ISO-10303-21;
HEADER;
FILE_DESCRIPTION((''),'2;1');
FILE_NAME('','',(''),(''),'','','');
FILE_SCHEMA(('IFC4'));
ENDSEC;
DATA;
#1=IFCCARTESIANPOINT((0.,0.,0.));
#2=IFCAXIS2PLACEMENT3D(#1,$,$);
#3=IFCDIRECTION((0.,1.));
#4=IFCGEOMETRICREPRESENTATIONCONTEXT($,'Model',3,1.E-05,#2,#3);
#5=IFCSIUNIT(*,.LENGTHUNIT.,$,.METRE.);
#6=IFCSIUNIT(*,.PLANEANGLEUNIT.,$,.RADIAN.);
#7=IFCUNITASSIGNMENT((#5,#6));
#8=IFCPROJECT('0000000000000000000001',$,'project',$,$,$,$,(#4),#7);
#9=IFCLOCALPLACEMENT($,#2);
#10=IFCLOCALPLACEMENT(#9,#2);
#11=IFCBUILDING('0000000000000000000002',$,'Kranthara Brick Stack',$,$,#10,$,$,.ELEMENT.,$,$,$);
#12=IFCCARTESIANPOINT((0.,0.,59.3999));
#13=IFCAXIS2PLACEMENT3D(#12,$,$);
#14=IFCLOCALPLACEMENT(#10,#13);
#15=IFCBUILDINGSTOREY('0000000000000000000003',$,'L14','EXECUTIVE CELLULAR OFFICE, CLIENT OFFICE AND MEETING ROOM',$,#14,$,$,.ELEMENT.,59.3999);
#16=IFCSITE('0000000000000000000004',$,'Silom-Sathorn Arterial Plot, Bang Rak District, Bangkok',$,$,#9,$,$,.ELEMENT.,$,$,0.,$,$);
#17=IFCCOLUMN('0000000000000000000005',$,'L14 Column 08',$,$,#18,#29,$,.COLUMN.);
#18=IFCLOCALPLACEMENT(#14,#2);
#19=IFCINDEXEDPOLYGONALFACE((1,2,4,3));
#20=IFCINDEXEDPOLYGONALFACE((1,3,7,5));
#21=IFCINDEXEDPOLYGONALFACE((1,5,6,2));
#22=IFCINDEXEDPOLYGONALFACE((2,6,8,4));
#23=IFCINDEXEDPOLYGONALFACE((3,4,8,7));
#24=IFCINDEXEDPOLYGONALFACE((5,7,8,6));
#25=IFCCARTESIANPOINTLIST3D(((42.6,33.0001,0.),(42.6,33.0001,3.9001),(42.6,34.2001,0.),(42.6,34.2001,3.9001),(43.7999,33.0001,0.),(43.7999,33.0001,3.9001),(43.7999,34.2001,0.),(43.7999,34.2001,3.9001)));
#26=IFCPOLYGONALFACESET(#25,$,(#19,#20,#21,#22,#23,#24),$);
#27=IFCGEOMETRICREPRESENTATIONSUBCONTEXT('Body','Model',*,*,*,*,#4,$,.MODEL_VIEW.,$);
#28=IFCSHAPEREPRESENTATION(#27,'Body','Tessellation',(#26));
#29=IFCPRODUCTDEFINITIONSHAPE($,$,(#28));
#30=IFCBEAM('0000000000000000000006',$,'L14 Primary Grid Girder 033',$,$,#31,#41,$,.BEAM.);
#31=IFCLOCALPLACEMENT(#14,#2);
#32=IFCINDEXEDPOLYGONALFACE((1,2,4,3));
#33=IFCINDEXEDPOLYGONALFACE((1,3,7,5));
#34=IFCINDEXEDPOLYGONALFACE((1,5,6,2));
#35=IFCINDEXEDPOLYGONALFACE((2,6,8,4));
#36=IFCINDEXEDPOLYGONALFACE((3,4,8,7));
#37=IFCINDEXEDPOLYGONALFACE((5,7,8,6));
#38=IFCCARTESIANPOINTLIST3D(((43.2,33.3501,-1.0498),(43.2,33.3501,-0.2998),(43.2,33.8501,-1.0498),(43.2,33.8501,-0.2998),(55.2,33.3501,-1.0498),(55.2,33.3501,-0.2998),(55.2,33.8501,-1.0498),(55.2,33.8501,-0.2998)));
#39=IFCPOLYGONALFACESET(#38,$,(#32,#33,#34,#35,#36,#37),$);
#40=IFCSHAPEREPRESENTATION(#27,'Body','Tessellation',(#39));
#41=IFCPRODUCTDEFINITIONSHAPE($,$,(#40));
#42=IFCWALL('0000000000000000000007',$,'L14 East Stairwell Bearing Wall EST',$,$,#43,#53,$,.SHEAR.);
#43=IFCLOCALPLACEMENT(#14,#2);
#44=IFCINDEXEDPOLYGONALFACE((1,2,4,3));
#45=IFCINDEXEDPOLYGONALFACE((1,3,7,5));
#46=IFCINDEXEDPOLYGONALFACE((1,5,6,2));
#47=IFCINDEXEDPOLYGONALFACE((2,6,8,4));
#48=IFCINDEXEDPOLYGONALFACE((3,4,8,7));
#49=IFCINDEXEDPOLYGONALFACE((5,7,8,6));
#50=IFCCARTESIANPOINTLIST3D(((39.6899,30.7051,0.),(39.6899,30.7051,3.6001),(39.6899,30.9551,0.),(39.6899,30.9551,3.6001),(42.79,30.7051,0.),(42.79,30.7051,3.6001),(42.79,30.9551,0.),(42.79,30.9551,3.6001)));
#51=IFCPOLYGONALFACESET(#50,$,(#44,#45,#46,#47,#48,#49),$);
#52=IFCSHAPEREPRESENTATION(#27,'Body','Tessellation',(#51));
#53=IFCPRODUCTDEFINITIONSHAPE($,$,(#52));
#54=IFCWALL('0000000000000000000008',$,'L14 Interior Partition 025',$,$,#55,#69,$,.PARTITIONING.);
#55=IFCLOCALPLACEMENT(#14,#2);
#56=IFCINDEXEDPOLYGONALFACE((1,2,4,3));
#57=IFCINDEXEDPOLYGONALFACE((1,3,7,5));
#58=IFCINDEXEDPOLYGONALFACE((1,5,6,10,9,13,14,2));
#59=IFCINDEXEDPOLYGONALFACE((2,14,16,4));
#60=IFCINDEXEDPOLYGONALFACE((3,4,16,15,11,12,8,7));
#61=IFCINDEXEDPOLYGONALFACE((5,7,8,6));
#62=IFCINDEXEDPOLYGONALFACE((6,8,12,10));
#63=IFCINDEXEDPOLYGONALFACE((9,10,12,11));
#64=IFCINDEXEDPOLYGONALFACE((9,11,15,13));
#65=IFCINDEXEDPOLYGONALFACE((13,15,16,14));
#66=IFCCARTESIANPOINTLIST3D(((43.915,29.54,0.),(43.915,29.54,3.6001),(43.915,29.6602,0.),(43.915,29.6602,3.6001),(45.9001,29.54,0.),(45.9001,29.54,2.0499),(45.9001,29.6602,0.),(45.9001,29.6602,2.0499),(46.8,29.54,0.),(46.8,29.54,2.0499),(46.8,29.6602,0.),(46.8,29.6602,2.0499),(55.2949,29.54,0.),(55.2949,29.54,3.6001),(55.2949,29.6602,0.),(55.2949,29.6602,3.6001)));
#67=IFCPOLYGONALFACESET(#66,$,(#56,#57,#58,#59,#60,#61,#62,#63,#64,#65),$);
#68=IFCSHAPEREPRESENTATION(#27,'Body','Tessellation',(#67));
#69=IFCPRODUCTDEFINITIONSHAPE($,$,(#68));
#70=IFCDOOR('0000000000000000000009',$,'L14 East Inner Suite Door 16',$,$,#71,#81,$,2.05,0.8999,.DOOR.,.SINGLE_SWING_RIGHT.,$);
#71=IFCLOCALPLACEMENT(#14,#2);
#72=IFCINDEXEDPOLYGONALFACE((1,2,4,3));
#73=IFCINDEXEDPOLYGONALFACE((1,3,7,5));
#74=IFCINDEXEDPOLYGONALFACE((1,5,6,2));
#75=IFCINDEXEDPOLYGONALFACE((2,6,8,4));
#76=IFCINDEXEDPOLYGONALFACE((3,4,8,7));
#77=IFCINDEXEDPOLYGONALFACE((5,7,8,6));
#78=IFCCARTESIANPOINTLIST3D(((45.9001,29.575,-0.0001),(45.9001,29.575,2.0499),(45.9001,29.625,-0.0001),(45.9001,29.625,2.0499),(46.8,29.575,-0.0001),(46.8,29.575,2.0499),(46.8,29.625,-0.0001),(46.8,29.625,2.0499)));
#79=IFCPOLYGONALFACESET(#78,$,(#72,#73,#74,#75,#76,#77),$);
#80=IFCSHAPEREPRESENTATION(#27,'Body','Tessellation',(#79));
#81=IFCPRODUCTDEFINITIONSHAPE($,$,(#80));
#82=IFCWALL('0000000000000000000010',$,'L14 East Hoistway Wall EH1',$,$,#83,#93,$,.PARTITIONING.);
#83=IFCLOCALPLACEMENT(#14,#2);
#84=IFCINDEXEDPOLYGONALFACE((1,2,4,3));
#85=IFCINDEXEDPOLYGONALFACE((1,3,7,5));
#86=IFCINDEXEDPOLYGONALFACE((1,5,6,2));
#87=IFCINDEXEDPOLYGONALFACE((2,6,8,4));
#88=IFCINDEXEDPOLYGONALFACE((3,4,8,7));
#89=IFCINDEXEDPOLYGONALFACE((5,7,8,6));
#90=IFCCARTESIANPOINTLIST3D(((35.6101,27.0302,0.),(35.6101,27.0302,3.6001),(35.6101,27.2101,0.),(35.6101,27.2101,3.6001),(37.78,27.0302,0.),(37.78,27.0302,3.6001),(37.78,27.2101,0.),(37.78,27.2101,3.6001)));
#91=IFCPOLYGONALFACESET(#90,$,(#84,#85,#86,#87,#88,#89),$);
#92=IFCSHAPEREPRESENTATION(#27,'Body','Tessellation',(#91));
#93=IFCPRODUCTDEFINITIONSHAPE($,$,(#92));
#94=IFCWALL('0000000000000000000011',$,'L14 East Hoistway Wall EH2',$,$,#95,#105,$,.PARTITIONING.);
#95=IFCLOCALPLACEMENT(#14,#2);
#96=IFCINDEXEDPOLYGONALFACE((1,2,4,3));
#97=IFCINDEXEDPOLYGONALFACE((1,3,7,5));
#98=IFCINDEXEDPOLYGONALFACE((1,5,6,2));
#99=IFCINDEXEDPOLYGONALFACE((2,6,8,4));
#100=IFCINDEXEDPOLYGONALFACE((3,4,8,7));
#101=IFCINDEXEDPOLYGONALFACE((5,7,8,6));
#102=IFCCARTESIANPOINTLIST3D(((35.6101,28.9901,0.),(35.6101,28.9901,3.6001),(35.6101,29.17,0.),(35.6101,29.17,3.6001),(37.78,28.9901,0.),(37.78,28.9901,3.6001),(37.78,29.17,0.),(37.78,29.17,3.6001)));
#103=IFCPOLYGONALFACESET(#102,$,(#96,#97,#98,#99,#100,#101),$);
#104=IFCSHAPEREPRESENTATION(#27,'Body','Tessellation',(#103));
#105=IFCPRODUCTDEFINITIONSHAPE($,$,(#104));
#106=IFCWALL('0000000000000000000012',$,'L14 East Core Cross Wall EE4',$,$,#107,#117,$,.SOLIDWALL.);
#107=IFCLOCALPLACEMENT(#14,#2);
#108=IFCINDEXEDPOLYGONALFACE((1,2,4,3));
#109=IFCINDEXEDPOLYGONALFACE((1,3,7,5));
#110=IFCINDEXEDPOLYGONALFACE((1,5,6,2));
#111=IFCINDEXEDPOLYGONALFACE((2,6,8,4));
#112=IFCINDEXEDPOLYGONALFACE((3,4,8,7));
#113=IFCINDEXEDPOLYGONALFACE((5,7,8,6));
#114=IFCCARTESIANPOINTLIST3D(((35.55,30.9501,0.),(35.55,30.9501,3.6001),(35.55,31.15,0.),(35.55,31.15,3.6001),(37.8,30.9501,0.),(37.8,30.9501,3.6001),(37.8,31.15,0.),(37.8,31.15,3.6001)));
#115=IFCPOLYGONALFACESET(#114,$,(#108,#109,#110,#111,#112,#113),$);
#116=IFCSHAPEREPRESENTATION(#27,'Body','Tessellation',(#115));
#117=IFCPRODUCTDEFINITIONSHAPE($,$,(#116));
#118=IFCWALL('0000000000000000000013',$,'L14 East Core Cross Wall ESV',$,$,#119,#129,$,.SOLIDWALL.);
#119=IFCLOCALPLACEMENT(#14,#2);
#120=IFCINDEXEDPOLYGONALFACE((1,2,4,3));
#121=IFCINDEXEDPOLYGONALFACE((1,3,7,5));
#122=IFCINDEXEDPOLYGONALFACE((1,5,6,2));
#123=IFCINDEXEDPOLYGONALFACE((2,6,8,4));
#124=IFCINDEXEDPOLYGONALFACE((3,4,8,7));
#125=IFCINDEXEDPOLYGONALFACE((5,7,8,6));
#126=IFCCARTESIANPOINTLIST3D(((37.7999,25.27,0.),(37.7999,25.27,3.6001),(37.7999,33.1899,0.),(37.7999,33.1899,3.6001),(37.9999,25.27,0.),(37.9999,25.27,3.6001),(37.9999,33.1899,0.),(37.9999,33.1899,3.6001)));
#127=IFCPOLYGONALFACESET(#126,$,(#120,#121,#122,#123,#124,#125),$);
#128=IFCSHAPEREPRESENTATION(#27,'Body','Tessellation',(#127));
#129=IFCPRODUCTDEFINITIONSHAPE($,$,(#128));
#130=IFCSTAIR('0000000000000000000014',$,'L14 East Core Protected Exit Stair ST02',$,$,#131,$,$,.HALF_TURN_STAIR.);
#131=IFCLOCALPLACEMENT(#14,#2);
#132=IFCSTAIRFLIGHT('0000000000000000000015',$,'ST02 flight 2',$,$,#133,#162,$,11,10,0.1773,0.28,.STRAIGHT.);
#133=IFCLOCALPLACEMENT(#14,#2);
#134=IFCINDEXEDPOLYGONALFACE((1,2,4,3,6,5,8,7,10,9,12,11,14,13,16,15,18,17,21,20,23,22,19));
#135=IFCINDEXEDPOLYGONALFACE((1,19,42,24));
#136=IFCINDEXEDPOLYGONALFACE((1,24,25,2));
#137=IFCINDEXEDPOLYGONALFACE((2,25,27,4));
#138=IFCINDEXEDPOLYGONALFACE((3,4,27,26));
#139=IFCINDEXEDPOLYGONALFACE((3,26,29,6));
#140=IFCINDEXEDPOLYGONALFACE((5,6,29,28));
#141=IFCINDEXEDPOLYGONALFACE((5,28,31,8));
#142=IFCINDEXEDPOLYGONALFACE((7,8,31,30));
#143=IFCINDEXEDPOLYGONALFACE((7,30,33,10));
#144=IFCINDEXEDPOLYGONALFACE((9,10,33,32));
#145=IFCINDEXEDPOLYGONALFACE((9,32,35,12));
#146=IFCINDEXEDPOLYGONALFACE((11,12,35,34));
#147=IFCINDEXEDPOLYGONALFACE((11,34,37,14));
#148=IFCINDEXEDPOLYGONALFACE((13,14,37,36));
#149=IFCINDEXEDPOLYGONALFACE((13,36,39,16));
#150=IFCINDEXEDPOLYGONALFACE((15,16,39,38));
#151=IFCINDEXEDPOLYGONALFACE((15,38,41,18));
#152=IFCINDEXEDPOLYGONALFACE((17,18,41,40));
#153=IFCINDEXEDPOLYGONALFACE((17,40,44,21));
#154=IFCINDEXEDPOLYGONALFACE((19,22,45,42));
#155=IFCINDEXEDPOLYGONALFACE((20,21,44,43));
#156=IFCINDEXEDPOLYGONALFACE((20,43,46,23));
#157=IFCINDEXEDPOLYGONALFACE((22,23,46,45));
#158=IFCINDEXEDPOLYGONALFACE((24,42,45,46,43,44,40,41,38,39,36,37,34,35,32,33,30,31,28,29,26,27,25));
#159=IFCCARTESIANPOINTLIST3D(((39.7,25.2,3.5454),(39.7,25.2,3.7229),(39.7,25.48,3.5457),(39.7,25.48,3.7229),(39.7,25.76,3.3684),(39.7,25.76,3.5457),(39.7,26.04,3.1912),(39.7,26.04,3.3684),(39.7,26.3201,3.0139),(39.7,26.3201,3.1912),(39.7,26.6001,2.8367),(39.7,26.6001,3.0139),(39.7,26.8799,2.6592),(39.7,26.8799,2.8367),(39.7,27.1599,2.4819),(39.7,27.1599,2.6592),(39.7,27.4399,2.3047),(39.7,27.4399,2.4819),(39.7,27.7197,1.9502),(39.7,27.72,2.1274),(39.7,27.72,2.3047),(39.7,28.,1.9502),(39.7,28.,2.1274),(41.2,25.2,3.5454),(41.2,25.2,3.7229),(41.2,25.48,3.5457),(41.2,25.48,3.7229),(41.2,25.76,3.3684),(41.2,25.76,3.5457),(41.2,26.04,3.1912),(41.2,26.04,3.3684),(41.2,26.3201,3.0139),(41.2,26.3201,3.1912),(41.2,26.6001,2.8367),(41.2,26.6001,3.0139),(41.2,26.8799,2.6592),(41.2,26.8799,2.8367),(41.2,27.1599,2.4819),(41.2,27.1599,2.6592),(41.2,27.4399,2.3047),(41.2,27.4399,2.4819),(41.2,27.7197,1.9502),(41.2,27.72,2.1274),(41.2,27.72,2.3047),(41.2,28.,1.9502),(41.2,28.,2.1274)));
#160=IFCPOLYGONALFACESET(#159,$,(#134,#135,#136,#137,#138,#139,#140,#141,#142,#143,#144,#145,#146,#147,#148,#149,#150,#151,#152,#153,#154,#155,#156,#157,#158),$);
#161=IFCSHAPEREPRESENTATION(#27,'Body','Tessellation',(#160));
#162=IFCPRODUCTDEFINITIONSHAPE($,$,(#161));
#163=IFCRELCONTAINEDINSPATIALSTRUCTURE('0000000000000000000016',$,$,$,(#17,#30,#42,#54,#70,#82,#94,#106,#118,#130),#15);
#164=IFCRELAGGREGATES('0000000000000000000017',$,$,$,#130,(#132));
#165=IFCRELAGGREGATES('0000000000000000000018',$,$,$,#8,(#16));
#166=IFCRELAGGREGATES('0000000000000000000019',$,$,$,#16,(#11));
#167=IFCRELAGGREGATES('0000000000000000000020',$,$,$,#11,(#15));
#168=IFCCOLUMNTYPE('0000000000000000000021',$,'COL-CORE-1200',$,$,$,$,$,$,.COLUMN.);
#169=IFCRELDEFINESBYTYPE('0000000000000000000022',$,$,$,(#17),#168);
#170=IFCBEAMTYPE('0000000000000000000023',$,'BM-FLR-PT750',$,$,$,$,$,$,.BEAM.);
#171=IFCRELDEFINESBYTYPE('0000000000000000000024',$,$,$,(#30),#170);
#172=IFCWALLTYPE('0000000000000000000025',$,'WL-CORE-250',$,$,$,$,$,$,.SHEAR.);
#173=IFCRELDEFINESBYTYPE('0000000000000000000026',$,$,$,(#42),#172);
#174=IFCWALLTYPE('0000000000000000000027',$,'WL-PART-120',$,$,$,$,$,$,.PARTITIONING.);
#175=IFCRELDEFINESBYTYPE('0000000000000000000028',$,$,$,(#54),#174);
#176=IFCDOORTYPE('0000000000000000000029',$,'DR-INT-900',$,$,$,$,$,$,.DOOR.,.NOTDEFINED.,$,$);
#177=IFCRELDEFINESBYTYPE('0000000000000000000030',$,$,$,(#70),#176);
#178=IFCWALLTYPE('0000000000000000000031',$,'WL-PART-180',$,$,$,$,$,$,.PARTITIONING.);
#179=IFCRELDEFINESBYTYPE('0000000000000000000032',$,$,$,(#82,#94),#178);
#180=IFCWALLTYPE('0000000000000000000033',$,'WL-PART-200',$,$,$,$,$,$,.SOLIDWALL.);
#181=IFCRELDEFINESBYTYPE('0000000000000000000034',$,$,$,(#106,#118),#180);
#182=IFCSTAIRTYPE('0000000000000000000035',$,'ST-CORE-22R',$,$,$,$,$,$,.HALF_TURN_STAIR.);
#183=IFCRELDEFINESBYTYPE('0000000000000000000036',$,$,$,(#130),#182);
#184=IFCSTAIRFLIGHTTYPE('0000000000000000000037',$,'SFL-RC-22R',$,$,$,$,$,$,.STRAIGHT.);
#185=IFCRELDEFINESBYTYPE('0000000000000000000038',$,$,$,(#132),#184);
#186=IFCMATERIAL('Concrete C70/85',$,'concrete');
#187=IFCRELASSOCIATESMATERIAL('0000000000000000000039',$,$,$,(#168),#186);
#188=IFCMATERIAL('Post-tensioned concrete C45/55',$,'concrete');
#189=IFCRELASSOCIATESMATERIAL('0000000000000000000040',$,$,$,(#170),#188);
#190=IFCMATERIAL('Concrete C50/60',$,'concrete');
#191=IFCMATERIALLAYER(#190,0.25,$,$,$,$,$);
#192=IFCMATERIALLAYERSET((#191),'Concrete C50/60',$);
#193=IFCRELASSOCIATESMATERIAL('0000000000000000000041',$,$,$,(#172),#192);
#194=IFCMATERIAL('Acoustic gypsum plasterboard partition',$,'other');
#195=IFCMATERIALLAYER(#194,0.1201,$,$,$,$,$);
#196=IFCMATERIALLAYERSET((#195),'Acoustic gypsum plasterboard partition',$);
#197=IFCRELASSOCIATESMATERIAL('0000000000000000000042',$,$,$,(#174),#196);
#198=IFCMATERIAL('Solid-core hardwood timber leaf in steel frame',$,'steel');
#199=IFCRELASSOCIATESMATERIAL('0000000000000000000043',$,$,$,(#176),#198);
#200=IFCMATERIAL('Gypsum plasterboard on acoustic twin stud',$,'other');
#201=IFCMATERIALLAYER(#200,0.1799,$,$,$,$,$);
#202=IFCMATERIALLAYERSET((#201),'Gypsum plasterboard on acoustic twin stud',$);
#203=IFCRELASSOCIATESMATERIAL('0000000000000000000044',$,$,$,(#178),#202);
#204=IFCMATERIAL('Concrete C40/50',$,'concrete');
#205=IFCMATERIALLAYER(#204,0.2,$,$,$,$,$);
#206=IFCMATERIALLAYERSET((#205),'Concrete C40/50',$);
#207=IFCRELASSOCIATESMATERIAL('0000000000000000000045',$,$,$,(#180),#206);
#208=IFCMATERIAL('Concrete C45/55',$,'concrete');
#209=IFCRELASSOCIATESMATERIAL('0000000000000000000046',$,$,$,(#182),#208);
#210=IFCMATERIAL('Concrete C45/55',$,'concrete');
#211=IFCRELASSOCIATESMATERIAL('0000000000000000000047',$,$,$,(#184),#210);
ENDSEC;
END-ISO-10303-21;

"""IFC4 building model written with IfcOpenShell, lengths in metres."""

from ifc_helpers import new_model, si_unit, direction, frame, frame_2d, origin, origin_2d, place, context, subcontext, project, spatial, polyline, rectangle, outline, extrude, material, layer, layer_set, material_profile, profile_set, type_object, element, fill, aggregate, save


model = new_model("IFC4")

# Units and contexts
model_context = context("Model", 3, precision=1e-05, world=origin(), true_north=direction((0.0, 1.0)))
body_context = subcontext(model_context, "Body", "Model", "MODEL_VIEW")
ifc_project = project(units=[si_unit("LENGTHUNIT", "METRE"), si_unit("PLANEANGLEUNIT", "RADIAN")], contexts=[model_context])

# Site, building, storey
site_placement = place(None, origin())
site = spatial("IfcSite", under=ifc_project, at=site_placement, Name="Silom-Sathorn Arterial Plot, Bang Rak District, Bangkok", CompositionType="ELEMENT", RefElevation=0.0)
building_placement = place(site_placement, origin())
building = spatial("IfcBuilding", under=site, at=building_placement, Name="Kranthara Brick Stack", CompositionType="ELEMENT")
storey_placement = place(building_placement, frame((0.0, 0.0, 59.3999)))
storey = spatial("IfcBuildingStorey", under=building, at=storey_placement, Name="L14", Description="EXECUTIVE CELLULAR OFFICE, CLIENT OFFICE AND MEETING ROOM", CompositionType="ELEMENT", Elevation=59.3999)

# Column
ifc_material_1 = material(Name="Concrete C70/85", Category="concrete")
ifc_material_profile_1 = material_profile(ifc_material_1, rectangle(XDim=1.2, YDim=1.2, at=origin_2d()), Name="RC 1200x1200")
ifc_profile_set_1 = profile_set([ifc_material_profile_1], Name="Concrete C70/85")
column_type = type_object("IfcColumnType", Name="COL-CORE-1200", PredefinedType="COLUMN", material=ifc_profile_set_1)
column_placement = place(storey_placement, frame((43.2, 33.6001, 0.0), z_axis=(0.0, 0.0, 1.0), x_axis=(1.0, 0.0, 0.0)))
element("IfcColumn", 1, at=column_placement, inside=storey, type_object=column_type, Name="L14 Column 08", PredefinedType="COLUMN", context=body_context, shape_type="SweptSolid", body=[
    extrude(rectangle(XDim=1.2, YDim=1.2, at=origin_2d()), origin(), (0.0, 0.0, 1.0), 3.9001),
])

# Beam
ifc_material_2 = material(Name="Post-tensioned concrete C45/55", Category="concrete")
ifc_material_profile_2 = material_profile(ifc_material_2, rectangle(XDim=0.5, YDim=0.75, at=origin_2d()), Name="PT 500x750")
ifc_profile_set_2 = profile_set([ifc_material_profile_2], Name="Post-tensioned concrete C45/55")
beam_type = type_object("IfcBeamType", Name="BM-FLR-PT750", PredefinedType="BEAM", material=ifc_profile_set_2)
beam_placement = place(storey_placement, frame((43.2, 33.6001, -0.6748), z_axis=(1.0, 0.0, 0.0), x_axis=(0.0, 1.0, 0.0)))
element("IfcBeam", 2, at=beam_placement, inside=storey, type_object=beam_type, Name="L14 Primary Grid Girder 033", PredefinedType="BEAM", context=body_context, shape_type="SweptSolid", body=[
    extrude(rectangle(XDim=0.5, YDim=0.75, at=origin_2d()), origin(), (0.0, 0.0, 1.0), 12.0),
])

# Wall
ifc_material_3 = material(Name="Concrete C50/60", Category="concrete")
ifc_layer_1 = layer(ifc_material_3, 0.25)
ifc_layer_set_1 = layer_set([ifc_layer_1], Name="Concrete C50/60")
wall_type_1 = type_object("IfcWallType", Name="WL-CORE-250", PredefinedType="SHEAR", material=ifc_layer_set_1)
wall_1_placement = place(storey_placement, frame((39.6899, 30.8301, 0.0), z_axis=(0.0, 0.0, 1.0), x_axis=(1.0, 0.0, 0.0)))
element("IfcWall", 3, at=wall_1_placement, inside=storey, type_object=wall_type_1, Name="L14 East Stairwell Bearing Wall EST", PredefinedType="SHEAR", context=body_context, shape_type="SweptSolid", body=[
    extrude(rectangle(XDim=3.1001, YDim=0.25, at=frame_2d((1.55, 0.0))), origin(), (0.0, 0.0, 1.0), 3.6001),
])

# Wall, opening, door
ifc_material_4 = material(Name="Acoustic gypsum plasterboard partition", Category="other")
ifc_layer_2 = layer(ifc_material_4, 0.1201)
ifc_layer_set_2 = layer_set([ifc_layer_2], Name="Acoustic gypsum plasterboard partition")
wall_type_2 = type_object("IfcWallType", Name="WL-PART-120", PredefinedType="PARTITIONING", material=ifc_layer_set_2)
wall_2_placement = place(storey_placement, frame((43.915, 29.6001, 0.0), z_axis=(0.0, 0.0, 1.0), x_axis=(1.0, 0.0, 0.0)))
wall_2 = element("IfcWall", 4, at=wall_2_placement, inside=storey, type_object=wall_type_2, Name="L14 Interior Partition 025", PredefinedType="PARTITIONING", context=body_context, shape_type="SweptSolid", body=[
    extrude(rectangle(XDim=11.3799, YDim=0.1201, at=frame_2d((5.6899, 0.0))), origin(), (0.0, 0.0, 1.0), 3.6001),
])
opening_1_placement = place(wall_2_placement, frame((1.9851, 0.0, 0.0)))
opening_1 = element("IfcOpeningElement", 5, at=opening_1_placement, cuts=wall_2, PredefinedType="OPENING", context=body_context, shape_type="SweptSolid", body=[
    extrude(rectangle(XDim=0.8999, YDim=2.05, at=frame_2d((0.45, 1.0249))), frame((0.0, 0.0701, 0.0), z_axis=(0.0, -1.0, 0.0), x_axis=(1.0, 0.0, 0.0)), (0.0, 0.0, 1.0), 0.1401),
])
ifc_material_5 = material(Name="Solid-core hardwood timber leaf in steel frame", Category="steel")
door_type_1 = type_object("IfcDoorType", Name="DR-INT-900", OperationType="NOTDEFINED", PredefinedType="DOOR", material=ifc_material_5)
door_1_placement = place(opening_1_placement, origin())
door_1 = element("IfcDoor", 6, at=door_1_placement, inside=storey, type_object=door_type_1, Name="L14 East Inner Suite Door 16", OperationType="SINGLE_SWING_RIGHT", OverallHeight=2.05, OverallWidth=0.8999, PredefinedType="DOOR", context=body_context, shape_type="SweptSolid", body=[
    extrude(rectangle(XDim=0.8999, YDim=2.05, at=frame_2d((0.45, 1.0249))), frame((0.0, 0.0249, 0.0), z_axis=(0.0, -1.0, 0.0), x_axis=(1.0, 0.0, 0.0)), (0.0, 0.0, 1.0), 0.05),
])
fill(opening_1, door_1)

# Walls
ifc_material_6 = material(Name="Gypsum plasterboard on acoustic twin stud", Category="other")
ifc_layer_3 = layer(ifc_material_6, 0.1799)
ifc_layer_set_3 = layer_set([ifc_layer_3], Name="Gypsum plasterboard on acoustic twin stud")
wall_type_3 = type_object("IfcWallType", Name="WL-PART-180", PredefinedType="PARTITIONING", material=ifc_layer_set_3)
for number, where, z_axis, x_axis, name in (
    (7, (35.6101, 27.1201, 0.0), (0.0, 0.0, 1.0), (1.0, 0.0, 0.0), "L14 East Hoistway Wall EH1"),
    (8, (35.6101, 29.0801, 0.0), (0.0, 0.0, 1.0), (1.0, 0.0, 0.0), "L14 East Hoistway Wall EH2"),
):
    element("IfcWall", number, at=place(storey_placement, frame(where, z_axis=z_axis, x_axis=x_axis)), inside=storey, type_object=wall_type_3, Name=name, PredefinedType="PARTITIONING", context=body_context, shape_type="SweptSolid", body=[
        extrude(rectangle(XDim=2.1699, YDim=0.1799, at=frame_2d((1.085, 0.0))), origin(), (0.0, 0.0, 1.0), 3.6001),
    ])
ifc_material_7 = material(Name="Concrete C40/50", Category="concrete")
ifc_layer_4 = layer(ifc_material_7, 0.2)
ifc_layer_set_4 = layer_set([ifc_layer_4], Name="Concrete C40/50")
wall_type_4 = type_object("IfcWallType", Name="WL-PART-200", PredefinedType="SOLIDWALL", material=ifc_layer_set_4)
wall_3_placement = place(storey_placement, frame((35.55, 31.05, 0.0), z_axis=(0.0, 0.0, 1.0), x_axis=(1.0, 0.0, 0.0)))
element("IfcWall", 9, at=wall_3_placement, inside=storey, type_object=wall_type_4, Name="L14 East Core Cross Wall EE4", PredefinedType="SOLIDWALL", context=body_context, shape_type="SweptSolid", body=[
    extrude(rectangle(XDim=2.25, YDim=0.2, at=frame_2d((1.125, 0.0))), origin(), (0.0, 0.0, 1.0), 3.6001),
])
wall_4_placement = place(storey_placement, frame((37.8999, 25.27, 0.0), z_axis=(0.0, 0.0, 1.0), x_axis=(0.0, 1.0, 0.0)))
element("IfcWall", 10, at=wall_4_placement, inside=storey, type_object=wall_type_4, Name="L14 East Core Cross Wall ESV", PredefinedType="SOLIDWALL", context=body_context, shape_type="SweptSolid", body=[
    extrude(rectangle(XDim=7.9199, YDim=0.2, at=frame_2d((3.96, 0.0))), origin(), (0.0, 0.0, 1.0), 3.6001),
])

# Stair, stair flight
ifc_material_8 = material(Name="Concrete C45/55", Category="concrete")
stair_type = type_object("IfcStairType", Name="ST-CORE-22R", PredefinedType="HALF_TURN_STAIR", material=ifc_material_8)
stair_placement = place(storey_placement, origin())
stair = element("IfcStair", 11, at=stair_placement, inside=storey, type_object=stair_type, Name="L14 East Core Protected Exit Stair ST02", PredefinedType="HALF_TURN_STAIR")
ifc_material_9 = material(Name="Concrete C45/55", Category="concrete")
stair_flight_type = type_object("IfcStairFlightType", Name="SFL-RC-22R", PredefinedType="STRAIGHT", material=ifc_material_9)
stair_flight_placement = place(storey_placement, frame((40.45, 28.0, 1.9502), z_axis=(0.0, 0.0, 1.0), x_axis=(0.0, -1.0, 0.0)))
stair_flight = element("IfcStairFlight", 12, at=stair_flight_placement, type_object=stair_flight_type, Name="ST02 flight 2", NumberOfRisers=11, NumberOfTreads=10, PredefinedType="STRAIGHT", RiserHeight=0.1773, TreadLength=0.28, context=body_context, shape_type="SweptSolid", body=[
    extrude(outline(polyline([(0.0, 0.0), (0.0, 0.1772), (0.28, 0.1772), (0.28, 0.3545), (0.5601, 0.3545), (0.5601, 0.5317), (0.8401, 0.5317), (0.8401, 0.709), (1.1201, 0.709), (1.1201, 0.8865), (1.3999, 0.8865), (1.3999, 1.0637), (1.6799, 1.0637), (1.6799, 1.241), (1.96, 1.241), (1.96, 1.4182), (2.24, 1.4182), (2.24, 1.5955), (2.52, 1.5955), (2.52, 1.7727), (2.8, 1.7727), (2.8, 1.95), (2.8, 1.5952), (0.2803, 0.0), (0.0, 0.0)])), frame((0.0, 0.75, 0.0), z_axis=(0.0, -1.0, 0.0), x_axis=(1.0, 0.0, 0.0)), (0.0, 0.0, 1.0), 1.5),
])
aggregate(stair, [stair_flight])

save(model, "model.ifc")
